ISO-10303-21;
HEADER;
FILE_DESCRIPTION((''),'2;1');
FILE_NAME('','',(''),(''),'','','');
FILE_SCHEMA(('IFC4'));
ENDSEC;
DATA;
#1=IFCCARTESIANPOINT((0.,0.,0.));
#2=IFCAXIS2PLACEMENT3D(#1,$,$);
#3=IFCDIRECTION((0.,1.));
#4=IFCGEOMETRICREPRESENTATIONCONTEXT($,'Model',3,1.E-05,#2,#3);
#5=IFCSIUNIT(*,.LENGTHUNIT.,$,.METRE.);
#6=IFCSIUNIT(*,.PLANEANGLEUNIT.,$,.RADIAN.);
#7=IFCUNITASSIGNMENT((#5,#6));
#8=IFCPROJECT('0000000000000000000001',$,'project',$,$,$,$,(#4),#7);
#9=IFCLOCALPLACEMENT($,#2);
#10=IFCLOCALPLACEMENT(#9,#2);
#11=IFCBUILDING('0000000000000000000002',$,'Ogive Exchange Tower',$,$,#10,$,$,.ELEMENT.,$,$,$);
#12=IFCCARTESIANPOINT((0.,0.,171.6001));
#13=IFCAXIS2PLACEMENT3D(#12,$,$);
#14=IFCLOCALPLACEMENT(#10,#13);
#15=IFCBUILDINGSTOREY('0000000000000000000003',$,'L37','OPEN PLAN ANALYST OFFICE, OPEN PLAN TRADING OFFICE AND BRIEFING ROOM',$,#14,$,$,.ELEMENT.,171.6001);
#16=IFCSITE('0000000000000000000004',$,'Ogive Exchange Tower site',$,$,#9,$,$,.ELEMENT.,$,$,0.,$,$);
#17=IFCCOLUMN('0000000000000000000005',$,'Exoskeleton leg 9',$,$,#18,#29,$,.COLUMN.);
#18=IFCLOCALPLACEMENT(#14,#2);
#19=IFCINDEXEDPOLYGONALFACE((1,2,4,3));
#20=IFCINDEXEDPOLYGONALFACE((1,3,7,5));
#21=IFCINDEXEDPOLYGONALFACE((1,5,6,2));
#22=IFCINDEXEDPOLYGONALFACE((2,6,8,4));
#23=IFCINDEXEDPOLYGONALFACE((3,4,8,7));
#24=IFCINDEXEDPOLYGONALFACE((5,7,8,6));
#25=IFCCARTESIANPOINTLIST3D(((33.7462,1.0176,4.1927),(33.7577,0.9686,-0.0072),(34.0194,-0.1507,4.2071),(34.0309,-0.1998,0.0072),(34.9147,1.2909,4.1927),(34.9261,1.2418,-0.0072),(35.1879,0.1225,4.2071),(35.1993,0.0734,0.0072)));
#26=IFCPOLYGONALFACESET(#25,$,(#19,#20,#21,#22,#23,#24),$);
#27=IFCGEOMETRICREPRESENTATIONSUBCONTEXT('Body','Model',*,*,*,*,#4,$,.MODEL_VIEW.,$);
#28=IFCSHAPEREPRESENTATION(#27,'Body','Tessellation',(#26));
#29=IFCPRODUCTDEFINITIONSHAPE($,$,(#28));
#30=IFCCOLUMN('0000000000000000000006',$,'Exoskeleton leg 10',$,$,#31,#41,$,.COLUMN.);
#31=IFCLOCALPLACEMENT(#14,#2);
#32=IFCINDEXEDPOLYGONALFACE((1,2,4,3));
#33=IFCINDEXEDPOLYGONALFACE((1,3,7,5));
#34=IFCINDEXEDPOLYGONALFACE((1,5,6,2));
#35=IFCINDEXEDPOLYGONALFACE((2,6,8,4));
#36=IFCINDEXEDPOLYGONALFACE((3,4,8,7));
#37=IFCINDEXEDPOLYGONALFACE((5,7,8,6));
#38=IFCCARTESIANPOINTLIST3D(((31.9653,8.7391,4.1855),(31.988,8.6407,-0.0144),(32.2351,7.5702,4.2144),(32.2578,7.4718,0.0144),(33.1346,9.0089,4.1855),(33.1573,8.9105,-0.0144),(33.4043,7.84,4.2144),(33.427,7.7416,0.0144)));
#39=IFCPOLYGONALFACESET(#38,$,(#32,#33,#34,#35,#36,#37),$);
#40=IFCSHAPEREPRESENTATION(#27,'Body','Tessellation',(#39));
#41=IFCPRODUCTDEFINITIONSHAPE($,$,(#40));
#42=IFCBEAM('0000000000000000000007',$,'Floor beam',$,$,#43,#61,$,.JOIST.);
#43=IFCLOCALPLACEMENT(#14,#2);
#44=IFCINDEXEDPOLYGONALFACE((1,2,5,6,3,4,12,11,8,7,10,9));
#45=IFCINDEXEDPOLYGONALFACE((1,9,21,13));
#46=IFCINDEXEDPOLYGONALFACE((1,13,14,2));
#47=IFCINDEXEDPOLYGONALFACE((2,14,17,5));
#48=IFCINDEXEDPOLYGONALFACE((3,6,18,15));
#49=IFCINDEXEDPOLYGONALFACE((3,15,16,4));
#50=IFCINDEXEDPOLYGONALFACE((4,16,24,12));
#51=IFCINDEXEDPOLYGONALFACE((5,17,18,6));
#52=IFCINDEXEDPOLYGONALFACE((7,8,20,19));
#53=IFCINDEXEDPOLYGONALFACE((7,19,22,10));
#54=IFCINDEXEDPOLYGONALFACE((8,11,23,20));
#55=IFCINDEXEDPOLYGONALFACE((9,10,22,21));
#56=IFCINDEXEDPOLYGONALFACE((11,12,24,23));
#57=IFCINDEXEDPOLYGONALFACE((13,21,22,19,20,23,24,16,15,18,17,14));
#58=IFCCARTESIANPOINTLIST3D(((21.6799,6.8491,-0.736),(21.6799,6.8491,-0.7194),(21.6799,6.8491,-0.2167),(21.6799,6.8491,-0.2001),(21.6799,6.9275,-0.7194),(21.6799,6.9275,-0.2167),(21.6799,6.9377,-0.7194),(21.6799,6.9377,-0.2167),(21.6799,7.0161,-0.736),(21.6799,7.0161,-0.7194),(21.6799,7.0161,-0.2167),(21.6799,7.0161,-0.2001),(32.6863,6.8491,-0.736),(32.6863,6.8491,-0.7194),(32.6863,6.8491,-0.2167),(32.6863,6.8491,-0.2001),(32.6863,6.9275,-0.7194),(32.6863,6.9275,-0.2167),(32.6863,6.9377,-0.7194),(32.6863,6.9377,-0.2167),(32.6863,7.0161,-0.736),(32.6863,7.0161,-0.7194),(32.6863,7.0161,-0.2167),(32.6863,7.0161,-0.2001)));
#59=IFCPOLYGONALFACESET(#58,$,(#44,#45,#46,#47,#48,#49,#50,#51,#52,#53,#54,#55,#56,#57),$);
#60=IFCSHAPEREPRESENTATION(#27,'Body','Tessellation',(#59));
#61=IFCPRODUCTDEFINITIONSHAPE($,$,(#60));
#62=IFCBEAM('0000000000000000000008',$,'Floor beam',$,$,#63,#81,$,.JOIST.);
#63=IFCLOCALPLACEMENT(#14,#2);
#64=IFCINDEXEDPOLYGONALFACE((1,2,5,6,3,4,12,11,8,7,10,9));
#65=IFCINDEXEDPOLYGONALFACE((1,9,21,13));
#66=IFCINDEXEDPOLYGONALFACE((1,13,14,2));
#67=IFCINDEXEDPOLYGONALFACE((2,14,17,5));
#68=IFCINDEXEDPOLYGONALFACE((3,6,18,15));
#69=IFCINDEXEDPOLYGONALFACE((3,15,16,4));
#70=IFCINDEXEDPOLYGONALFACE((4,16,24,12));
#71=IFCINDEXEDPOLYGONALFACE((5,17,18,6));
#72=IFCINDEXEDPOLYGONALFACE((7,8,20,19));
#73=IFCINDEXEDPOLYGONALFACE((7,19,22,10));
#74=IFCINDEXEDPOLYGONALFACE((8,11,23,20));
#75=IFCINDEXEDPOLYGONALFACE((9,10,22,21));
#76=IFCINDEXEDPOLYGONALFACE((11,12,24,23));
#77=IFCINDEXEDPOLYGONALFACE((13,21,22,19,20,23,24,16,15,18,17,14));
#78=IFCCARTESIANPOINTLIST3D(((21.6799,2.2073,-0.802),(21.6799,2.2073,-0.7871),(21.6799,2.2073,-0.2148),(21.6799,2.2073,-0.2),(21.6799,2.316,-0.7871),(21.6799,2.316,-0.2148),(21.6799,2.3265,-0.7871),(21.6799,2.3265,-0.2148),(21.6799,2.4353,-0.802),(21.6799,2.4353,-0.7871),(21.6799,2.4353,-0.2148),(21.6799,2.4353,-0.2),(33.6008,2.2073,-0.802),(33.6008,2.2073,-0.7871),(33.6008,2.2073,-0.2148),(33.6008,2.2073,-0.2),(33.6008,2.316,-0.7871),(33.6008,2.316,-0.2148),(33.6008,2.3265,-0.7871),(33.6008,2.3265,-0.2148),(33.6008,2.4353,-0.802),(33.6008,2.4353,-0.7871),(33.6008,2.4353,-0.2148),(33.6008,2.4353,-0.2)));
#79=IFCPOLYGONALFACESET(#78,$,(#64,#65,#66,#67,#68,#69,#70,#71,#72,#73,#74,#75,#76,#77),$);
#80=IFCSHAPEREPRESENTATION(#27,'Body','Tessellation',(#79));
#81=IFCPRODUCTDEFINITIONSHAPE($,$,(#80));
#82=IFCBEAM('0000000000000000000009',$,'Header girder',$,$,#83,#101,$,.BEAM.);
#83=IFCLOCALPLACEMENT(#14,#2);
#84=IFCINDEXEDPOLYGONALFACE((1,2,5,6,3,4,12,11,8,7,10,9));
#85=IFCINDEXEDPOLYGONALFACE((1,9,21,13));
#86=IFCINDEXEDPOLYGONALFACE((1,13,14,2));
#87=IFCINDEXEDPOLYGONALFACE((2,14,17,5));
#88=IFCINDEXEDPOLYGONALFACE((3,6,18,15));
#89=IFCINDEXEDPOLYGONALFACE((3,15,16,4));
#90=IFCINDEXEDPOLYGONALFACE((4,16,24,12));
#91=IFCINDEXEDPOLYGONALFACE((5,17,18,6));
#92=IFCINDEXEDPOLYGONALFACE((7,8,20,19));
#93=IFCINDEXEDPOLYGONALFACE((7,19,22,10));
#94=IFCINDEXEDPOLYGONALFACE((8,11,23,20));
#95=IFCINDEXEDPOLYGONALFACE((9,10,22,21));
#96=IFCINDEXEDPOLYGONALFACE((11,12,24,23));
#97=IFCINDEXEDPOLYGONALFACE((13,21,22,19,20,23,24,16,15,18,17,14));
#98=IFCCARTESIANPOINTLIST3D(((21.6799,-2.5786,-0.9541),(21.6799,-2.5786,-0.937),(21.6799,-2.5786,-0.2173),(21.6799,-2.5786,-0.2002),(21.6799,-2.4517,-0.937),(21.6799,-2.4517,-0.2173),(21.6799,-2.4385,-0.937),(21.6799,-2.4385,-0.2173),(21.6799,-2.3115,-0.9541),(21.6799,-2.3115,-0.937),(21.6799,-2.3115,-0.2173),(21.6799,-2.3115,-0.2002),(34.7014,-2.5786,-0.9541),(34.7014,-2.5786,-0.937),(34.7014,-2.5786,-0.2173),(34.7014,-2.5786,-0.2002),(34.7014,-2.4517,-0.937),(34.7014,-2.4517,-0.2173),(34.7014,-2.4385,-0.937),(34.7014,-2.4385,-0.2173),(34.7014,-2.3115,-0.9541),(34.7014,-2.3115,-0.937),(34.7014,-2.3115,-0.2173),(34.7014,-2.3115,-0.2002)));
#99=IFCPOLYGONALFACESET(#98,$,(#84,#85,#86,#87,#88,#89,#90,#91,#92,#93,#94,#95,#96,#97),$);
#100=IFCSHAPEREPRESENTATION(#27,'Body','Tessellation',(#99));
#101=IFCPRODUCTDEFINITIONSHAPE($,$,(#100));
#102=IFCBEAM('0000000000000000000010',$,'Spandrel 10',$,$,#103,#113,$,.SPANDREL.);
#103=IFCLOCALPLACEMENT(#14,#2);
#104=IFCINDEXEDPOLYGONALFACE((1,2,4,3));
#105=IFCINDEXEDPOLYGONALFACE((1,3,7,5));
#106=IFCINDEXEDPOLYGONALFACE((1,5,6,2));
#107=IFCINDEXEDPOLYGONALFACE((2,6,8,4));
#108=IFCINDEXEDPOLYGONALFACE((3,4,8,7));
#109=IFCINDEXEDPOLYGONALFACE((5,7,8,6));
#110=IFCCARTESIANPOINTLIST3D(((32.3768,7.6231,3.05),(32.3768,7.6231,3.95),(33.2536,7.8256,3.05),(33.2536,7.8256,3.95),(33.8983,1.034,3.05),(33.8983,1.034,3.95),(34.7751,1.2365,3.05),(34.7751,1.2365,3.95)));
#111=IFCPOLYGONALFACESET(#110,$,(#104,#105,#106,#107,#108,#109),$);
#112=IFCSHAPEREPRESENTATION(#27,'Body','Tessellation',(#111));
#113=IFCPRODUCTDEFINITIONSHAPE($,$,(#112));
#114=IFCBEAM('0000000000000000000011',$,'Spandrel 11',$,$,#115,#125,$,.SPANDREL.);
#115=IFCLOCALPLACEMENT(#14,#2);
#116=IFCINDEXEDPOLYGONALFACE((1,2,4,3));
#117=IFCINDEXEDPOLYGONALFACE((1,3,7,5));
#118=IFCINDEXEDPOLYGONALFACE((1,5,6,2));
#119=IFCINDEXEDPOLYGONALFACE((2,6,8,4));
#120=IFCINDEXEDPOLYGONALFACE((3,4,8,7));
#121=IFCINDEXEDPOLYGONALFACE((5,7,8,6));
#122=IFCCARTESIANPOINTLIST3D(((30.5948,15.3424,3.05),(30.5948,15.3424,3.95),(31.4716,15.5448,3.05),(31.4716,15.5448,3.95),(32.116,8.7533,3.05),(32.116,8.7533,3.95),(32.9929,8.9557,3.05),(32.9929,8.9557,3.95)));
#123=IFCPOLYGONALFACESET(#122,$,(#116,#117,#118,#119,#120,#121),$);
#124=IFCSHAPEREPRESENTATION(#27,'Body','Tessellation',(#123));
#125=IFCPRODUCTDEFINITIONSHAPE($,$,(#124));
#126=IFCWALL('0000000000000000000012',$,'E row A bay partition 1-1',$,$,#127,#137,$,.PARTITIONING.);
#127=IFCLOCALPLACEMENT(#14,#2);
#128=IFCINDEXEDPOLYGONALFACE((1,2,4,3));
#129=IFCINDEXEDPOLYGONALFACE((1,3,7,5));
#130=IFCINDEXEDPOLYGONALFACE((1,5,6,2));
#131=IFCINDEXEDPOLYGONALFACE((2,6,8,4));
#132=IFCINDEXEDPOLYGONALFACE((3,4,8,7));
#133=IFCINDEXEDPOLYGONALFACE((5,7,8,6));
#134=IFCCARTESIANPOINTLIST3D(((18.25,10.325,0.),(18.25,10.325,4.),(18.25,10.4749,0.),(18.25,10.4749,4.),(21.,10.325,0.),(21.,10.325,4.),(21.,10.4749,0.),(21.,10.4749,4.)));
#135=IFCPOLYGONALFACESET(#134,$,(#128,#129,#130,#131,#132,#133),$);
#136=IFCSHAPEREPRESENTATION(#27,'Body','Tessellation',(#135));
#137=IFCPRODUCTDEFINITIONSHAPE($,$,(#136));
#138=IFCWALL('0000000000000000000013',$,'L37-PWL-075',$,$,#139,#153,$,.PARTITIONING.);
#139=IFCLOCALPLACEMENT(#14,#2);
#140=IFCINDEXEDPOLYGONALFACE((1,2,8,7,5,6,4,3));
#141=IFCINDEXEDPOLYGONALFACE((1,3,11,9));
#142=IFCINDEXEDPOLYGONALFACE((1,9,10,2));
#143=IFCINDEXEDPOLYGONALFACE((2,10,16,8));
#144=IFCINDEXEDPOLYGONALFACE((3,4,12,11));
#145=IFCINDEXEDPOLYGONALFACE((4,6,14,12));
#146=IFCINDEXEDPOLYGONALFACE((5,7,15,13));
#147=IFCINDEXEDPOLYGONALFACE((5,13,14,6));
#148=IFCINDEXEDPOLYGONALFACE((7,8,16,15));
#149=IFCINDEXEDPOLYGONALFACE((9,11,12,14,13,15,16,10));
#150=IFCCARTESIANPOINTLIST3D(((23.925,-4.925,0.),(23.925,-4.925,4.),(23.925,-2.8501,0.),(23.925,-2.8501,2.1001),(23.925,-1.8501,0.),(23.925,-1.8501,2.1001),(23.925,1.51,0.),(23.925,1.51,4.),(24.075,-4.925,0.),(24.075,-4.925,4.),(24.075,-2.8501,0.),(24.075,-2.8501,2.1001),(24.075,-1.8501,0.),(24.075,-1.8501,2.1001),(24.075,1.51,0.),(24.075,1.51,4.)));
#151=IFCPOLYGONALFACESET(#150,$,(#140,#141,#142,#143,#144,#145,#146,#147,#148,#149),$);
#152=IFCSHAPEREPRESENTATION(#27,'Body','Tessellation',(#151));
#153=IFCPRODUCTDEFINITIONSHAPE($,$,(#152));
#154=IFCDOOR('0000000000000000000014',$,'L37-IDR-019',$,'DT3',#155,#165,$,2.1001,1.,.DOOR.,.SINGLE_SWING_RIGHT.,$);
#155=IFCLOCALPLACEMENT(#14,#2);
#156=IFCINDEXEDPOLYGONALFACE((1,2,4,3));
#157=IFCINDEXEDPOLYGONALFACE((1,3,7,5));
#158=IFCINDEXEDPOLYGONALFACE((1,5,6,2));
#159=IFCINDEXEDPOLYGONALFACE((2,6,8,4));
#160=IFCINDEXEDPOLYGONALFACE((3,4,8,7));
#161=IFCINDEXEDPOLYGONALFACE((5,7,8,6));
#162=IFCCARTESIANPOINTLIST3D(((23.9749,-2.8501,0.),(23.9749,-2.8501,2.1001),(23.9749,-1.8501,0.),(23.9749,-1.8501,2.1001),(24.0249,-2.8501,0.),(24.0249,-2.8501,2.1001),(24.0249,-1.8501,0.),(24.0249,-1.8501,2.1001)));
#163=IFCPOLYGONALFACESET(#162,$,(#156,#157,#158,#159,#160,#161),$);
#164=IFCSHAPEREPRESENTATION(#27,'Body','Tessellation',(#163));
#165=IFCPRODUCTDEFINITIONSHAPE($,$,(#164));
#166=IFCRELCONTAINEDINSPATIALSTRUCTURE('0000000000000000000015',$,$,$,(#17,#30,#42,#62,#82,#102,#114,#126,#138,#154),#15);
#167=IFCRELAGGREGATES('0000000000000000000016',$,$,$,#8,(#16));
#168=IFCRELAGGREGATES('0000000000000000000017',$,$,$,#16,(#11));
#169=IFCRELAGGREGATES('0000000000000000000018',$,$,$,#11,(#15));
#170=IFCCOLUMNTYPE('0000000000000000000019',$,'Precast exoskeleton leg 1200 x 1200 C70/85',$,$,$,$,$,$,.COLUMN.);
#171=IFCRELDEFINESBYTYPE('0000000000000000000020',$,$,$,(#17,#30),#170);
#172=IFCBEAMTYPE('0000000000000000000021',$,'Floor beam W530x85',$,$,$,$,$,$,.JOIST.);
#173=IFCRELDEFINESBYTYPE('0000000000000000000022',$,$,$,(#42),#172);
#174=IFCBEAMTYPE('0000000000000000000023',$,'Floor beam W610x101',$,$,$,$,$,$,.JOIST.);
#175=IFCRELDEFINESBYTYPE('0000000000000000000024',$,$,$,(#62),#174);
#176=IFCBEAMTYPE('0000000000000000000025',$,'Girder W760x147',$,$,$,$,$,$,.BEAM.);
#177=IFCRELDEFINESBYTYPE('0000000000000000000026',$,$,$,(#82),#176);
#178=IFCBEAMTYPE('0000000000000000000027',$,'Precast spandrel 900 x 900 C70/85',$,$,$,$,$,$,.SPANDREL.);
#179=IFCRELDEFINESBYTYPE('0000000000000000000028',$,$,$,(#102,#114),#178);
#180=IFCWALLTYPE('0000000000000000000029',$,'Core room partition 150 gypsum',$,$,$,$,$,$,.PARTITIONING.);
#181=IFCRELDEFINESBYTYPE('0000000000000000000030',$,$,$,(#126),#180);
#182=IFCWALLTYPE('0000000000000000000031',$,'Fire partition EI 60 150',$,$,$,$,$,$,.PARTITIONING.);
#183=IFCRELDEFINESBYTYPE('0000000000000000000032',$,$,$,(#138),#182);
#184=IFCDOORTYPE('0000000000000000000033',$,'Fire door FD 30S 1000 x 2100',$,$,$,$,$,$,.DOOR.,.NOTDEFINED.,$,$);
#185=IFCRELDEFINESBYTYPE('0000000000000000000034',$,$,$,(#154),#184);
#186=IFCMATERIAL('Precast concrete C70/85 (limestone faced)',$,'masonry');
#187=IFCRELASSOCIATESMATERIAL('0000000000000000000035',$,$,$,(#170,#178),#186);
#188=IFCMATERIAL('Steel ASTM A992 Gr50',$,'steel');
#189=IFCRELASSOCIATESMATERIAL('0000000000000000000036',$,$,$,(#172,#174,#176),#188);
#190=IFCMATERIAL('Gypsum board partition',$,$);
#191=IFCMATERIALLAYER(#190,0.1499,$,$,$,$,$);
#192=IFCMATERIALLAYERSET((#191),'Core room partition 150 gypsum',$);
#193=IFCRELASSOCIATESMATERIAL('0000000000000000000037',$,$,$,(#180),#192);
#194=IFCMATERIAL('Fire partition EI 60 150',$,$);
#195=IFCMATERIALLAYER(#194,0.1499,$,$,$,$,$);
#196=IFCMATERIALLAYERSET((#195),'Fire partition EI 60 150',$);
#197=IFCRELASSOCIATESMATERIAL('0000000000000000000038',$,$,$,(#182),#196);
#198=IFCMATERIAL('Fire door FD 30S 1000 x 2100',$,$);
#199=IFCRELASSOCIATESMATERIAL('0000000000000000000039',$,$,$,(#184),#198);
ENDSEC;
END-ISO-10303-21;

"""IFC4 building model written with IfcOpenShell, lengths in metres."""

from ifc_helpers import new_model, si_unit, direction, frame, frame_2d, origin, origin_2d, place, context, subcontext, project, spatial, rectangle, i_section, extrude, material, layer, layer_set, material_profile, profile_set, type_object, element, fill, save


model = new_model("IFC4")

# Units and contexts
model_context = context("Model", 3, precision=1e-05, world=origin(), true_north=direction((0.0, 1.0)))
body_context = subcontext(model_context, "Body", "Model", "MODEL_VIEW")
ifc_project = project(units=[si_unit("LENGTHUNIT", "METRE"), si_unit("PLANEANGLEUNIT", "RADIAN")], contexts=[model_context])

# Site, building, storey
site_placement = place(None, origin())
site = spatial("IfcSite", under=ifc_project, at=site_placement, Name="Ogive Exchange Tower site", CompositionType="ELEMENT", RefElevation=0.0)
building_placement = place(site_placement, origin())
building = spatial("IfcBuilding", under=site, at=building_placement, Name="Ogive Exchange Tower", CompositionType="ELEMENT")
storey_placement = place(building_placement, frame((0.0, 0.0, 171.6001)))
storey = spatial("IfcBuildingStorey", under=building, at=storey_placement, Name="L37", Description="OPEN PLAN ANALYST OFFICE, OPEN PLAN TRADING OFFICE AND BRIEFING ROOM", CompositionType="ELEMENT", Elevation=171.6001)

# Columns
ifc_material_1 = material(Name="Precast concrete C70/85 (limestone faced)", Category="masonry")
ifc_material_profile_1 = material_profile(ifc_material_1, rectangle(XDim=1.2, YDim=1.2, at=origin_2d()), Name="1200 x 1200")
ifc_profile_set_1 = profile_set([ifc_material_profile_1], Name="Precast concrete C70/85 (limestone faced)")
column_type = type_object("IfcColumnType", Name="Precast exoskeleton leg 1200 x 1200 C70/85", PredefinedType="COLUMN", material=ifc_profile_set_1)
column_1_placement = place(storey_placement, frame((34.4785, 0.521, 0.0), z_axis=(-0.002732, 0.011683, 0.999928), x_axis=(-0.973734, -0.227689, 0.0)))
element("IfcColumn", 1, at=column_1_placement, inside=storey, type_object=column_type, Name="Exoskeleton leg 9", PredefinedType="COLUMN", context=body_context, shape_type="SweptSolid", body=[
    extrude(rectangle(XDim=1.2, YDim=1.2, at=origin_2d()), origin(), (0.0, 0.0, 1.0), 4.2002),
])
column_2_placement = place(storey_placement, frame((32.7075, 8.1912, 0.0), z_axis=(-0.005404, 0.023419, 0.999711), x_axis=(-0.974391, -0.22486, 0.0)))
element("IfcColumn", 2, at=column_2_placement, inside=storey, type_object=column_type, Name="Exoskeleton leg 10", PredefinedType="COLUMN", context=body_context, shape_type="SweptSolid", body=[
    extrude(rectangle(XDim=1.2, YDim=1.2, at=origin_2d()), origin(), (0.0, 0.0, 1.0), 4.2012),
])

# Beams
ifc_material_2 = material(Name="Steel ASTM A992 Gr50", Category="steel")
ifc_material_profile_2 = material_profile(ifc_material_2, i_section(OverallWidth=0.167, OverallDepth=0.5359, WebThickness=0.0103, FlangeThickness=0.0166, at=origin_2d()), Name="W530x85")
ifc_profile_set_2 = profile_set([ifc_material_profile_2], Name="Steel ASTM A992 Gr50")
beam_type_1 = type_object("IfcBeamType", Name="Floor beam W530x85", PredefinedType="JOIST", material=ifc_profile_set_2)
beam_1_placement = place(storey_placement, frame((21.6799, 6.9326, -0.468), z_axis=(1.0, 0.0, 0.0), x_axis=(0.0, 1.0, 0.0)))
element("IfcBeam", 3, at=beam_1_placement, inside=storey, type_object=beam_type_1, Name="Floor beam", PredefinedType="JOIST", context=body_context, shape_type="SweptSolid", body=[
    extrude(i_section(OverallWidth=0.167, OverallDepth=0.5359, WebThickness=0.0103, FlangeThickness=0.0166, at=origin_2d()), origin(), (0.0, 0.0, 1.0), 11.0063),
])
ifc_material_profile_3 = material_profile(ifc_material_2, i_section(OverallWidth=0.228, OverallDepth=0.6021, WebThickness=0.0105, FlangeThickness=0.0149, at=origin_2d()), Name="W610x101")
ifc_profile_set_3 = profile_set([ifc_material_profile_3], Name="Steel ASTM A992 Gr50")
beam_type_2 = type_object("IfcBeamType", Name="Floor beam W610x101", PredefinedType="JOIST", material=ifc_profile_set_3)
beam_2_placement = place(storey_placement, frame((21.6799, 2.3213, -0.501), z_axis=(1.0, 0.0, 0.0), x_axis=(0.0, 1.0, 0.0)))
element("IfcBeam", 4, at=beam_2_placement, inside=storey, type_object=beam_type_2, Name="Floor beam", PredefinedType="JOIST", context=body_context, shape_type="SweptSolid", body=[
    extrude(i_section(OverallWidth=0.228, OverallDepth=0.6021, WebThickness=0.0105, FlangeThickness=0.0149, at=origin_2d()), origin(), (0.0, 0.0, 1.0), 11.9209),
])
ifc_material_profile_4 = material_profile(ifc_material_2, i_section(OverallWidth=0.2671, OverallDepth=0.7539, WebThickness=0.0132, FlangeThickness=0.0171, at=origin_2d()), Name="W760x147")
ifc_profile_set_4 = profile_set([ifc_material_profile_4], Name="Steel ASTM A992 Gr50")
beam_type_3 = type_object("IfcBeamType", Name="Girder W760x147", PredefinedType="BEAM", material=ifc_profile_set_4)
beam_3_placement = place(storey_placement, frame((21.6799, -2.4451, -0.5771), z_axis=(1.0, 0.0, 0.0), x_axis=(0.0, 1.0, 0.0)))
element("IfcBeam", 5, at=beam_3_placement, inside=storey, type_object=beam_type_3, Name="Header girder", PredefinedType="BEAM", context=body_context, shape_type="SweptSolid", body=[
    extrude(i_section(OverallWidth=0.2671, OverallDepth=0.7539, WebThickness=0.0132, FlangeThickness=0.0171, at=origin_2d()), origin(), (0.0, 0.0, 1.0), 13.0215),
])
ifc_material_profile_5 = material_profile(ifc_material_1, rectangle(XDim=0.8999, YDim=0.8999, at=origin_2d()), Name="900 x 900")
ifc_profile_set_5 = profile_set([ifc_material_profile_5], Name="Precast concrete C70/85 (limestone faced)")
beam_type_4 = type_object("IfcBeamType", Name="Precast spandrel 900 x 900 C70/85", PredefinedType="SPANDREL", material=ifc_profile_set_5)
for number, where, z_axis, x_axis, name in (
    (6, (34.3367, 1.1353, 3.5), (-0.224989, 0.974361, 0.0), (-0.974361, -0.224989, 0.0), "Spandrel 10"),
    (7, (32.5544, 8.8545, 3.5), (-0.224954, 0.974369, 0.0), (-0.974369, -0.224954, 0.0), "Spandrel 11"),
):
    element("IfcBeam", number, at=place(storey_placement, frame(where, z_axis=z_axis, x_axis=x_axis)), inside=storey, type_object=beam_type_4, Name=name, PredefinedType="SPANDREL", context=body_context, shape_type="SweptSolid", body=[
        extrude(rectangle(XDim=0.8999, YDim=0.8999, at=origin_2d()), origin(), (0.0, 0.0, 1.0), 6.7625),
    ])

# Wall
ifc_material_3 = material(Name="Gypsum board partition")
ifc_layer_1 = layer(ifc_material_3, 0.1499)
ifc_layer_set_1 = layer_set([ifc_layer_1], Name="Core room partition 150 gypsum")
wall_type_1 = type_object("IfcWallType", Name="Core room partition 150 gypsum", PredefinedType="PARTITIONING", material=ifc_layer_set_1)
wall_1_placement = place(storey_placement, frame((18.25, 10.3999, 0.0), z_axis=(0.0, 0.0, 1.0), x_axis=(1.0, 0.0, 0.0)))
element("IfcWall", 8, at=wall_1_placement, inside=storey, type_object=wall_type_1, Name="E row A bay partition 1-1", PredefinedType="PARTITIONING", context=body_context, shape_type="SweptSolid", body=[
    extrude(rectangle(XDim=2.75, YDim=0.1499, at=frame_2d((1.375, 0.0))), origin(), (0.0, 0.0, 1.0), 4.0),
])

# Wall, opening, door
ifc_material_4 = material(Name="Fire partition EI 60 150")
ifc_layer_2 = layer(ifc_material_4, 0.1499)
ifc_layer_set_2 = layer_set([ifc_layer_2], Name="Fire partition EI 60 150")
wall_type_2 = type_object("IfcWallType", Name="Fire partition EI 60 150", PredefinedType="PARTITIONING", material=ifc_layer_set_2)
wall_2_placement = place(storey_placement, frame((24.0, 1.51, 0.0), z_axis=(0.0, 0.0, 1.0), x_axis=(0.0, -1.0, 0.0)))
wall_2 = element("IfcWall", 9, at=wall_2_placement, inside=storey, type_object=wall_type_2, Name="L37-PWL-075", PredefinedType="PARTITIONING", context=body_context, shape_type="SweptSolid", body=[
    extrude(rectangle(XDim=6.4351, YDim=0.1499, at=frame_2d((3.2175, 0.0))), origin(), (0.0, 0.0, 1.0), 4.0),
])
opening_1_placement = place(wall_2_placement, frame((3.3601, 0.0, 0.0)))
opening_1 = element("IfcOpeningElement", 10, at=opening_1_placement, cuts=wall_2, PredefinedType="OPENING", context=body_context, shape_type="SweptSolid", body=[
    extrude(rectangle(XDim=1.0, YDim=2.1001, at=frame_2d((0.5, 1.05))), frame((0.0, 0.085, 0.0), z_axis=(0.0, -1.0, 0.0), x_axis=(1.0, 0.0, 0.0)), (0.0, 0.0, 1.0), 0.1699),
])
ifc_material_5 = material(Name="Fire door FD 30S 1000 x 2100")
door_type_1 = type_object("IfcDoorType", Name="Fire door FD 30S 1000 x 2100", OperationType="NOTDEFINED", PredefinedType="DOOR", material=ifc_material_5)
door_1_placement = place(opening_1_placement, origin())
door_1 = element("IfcDoor", 11, at=door_1_placement, inside=storey, type_object=door_type_1, Name="L37-IDR-019", ObjectType="DT3", OperationType="SINGLE_SWING_RIGHT", OverallHeight=2.1001, OverallWidth=1.0, PredefinedType="DOOR", context=body_context, shape_type="SweptSolid", body=[
    extrude(rectangle(XDim=1.0, YDim=2.1001, at=frame_2d((0.5, 1.05))), frame((0.0, 0.0249, 0.0), z_axis=(0.0, -1.0, 0.0), x_axis=(1.0, 0.0, 0.0)), (0.0, 0.0, 1.0), 0.05),
])
fill(opening_1, door_1)

save(model, "model.ifc")
